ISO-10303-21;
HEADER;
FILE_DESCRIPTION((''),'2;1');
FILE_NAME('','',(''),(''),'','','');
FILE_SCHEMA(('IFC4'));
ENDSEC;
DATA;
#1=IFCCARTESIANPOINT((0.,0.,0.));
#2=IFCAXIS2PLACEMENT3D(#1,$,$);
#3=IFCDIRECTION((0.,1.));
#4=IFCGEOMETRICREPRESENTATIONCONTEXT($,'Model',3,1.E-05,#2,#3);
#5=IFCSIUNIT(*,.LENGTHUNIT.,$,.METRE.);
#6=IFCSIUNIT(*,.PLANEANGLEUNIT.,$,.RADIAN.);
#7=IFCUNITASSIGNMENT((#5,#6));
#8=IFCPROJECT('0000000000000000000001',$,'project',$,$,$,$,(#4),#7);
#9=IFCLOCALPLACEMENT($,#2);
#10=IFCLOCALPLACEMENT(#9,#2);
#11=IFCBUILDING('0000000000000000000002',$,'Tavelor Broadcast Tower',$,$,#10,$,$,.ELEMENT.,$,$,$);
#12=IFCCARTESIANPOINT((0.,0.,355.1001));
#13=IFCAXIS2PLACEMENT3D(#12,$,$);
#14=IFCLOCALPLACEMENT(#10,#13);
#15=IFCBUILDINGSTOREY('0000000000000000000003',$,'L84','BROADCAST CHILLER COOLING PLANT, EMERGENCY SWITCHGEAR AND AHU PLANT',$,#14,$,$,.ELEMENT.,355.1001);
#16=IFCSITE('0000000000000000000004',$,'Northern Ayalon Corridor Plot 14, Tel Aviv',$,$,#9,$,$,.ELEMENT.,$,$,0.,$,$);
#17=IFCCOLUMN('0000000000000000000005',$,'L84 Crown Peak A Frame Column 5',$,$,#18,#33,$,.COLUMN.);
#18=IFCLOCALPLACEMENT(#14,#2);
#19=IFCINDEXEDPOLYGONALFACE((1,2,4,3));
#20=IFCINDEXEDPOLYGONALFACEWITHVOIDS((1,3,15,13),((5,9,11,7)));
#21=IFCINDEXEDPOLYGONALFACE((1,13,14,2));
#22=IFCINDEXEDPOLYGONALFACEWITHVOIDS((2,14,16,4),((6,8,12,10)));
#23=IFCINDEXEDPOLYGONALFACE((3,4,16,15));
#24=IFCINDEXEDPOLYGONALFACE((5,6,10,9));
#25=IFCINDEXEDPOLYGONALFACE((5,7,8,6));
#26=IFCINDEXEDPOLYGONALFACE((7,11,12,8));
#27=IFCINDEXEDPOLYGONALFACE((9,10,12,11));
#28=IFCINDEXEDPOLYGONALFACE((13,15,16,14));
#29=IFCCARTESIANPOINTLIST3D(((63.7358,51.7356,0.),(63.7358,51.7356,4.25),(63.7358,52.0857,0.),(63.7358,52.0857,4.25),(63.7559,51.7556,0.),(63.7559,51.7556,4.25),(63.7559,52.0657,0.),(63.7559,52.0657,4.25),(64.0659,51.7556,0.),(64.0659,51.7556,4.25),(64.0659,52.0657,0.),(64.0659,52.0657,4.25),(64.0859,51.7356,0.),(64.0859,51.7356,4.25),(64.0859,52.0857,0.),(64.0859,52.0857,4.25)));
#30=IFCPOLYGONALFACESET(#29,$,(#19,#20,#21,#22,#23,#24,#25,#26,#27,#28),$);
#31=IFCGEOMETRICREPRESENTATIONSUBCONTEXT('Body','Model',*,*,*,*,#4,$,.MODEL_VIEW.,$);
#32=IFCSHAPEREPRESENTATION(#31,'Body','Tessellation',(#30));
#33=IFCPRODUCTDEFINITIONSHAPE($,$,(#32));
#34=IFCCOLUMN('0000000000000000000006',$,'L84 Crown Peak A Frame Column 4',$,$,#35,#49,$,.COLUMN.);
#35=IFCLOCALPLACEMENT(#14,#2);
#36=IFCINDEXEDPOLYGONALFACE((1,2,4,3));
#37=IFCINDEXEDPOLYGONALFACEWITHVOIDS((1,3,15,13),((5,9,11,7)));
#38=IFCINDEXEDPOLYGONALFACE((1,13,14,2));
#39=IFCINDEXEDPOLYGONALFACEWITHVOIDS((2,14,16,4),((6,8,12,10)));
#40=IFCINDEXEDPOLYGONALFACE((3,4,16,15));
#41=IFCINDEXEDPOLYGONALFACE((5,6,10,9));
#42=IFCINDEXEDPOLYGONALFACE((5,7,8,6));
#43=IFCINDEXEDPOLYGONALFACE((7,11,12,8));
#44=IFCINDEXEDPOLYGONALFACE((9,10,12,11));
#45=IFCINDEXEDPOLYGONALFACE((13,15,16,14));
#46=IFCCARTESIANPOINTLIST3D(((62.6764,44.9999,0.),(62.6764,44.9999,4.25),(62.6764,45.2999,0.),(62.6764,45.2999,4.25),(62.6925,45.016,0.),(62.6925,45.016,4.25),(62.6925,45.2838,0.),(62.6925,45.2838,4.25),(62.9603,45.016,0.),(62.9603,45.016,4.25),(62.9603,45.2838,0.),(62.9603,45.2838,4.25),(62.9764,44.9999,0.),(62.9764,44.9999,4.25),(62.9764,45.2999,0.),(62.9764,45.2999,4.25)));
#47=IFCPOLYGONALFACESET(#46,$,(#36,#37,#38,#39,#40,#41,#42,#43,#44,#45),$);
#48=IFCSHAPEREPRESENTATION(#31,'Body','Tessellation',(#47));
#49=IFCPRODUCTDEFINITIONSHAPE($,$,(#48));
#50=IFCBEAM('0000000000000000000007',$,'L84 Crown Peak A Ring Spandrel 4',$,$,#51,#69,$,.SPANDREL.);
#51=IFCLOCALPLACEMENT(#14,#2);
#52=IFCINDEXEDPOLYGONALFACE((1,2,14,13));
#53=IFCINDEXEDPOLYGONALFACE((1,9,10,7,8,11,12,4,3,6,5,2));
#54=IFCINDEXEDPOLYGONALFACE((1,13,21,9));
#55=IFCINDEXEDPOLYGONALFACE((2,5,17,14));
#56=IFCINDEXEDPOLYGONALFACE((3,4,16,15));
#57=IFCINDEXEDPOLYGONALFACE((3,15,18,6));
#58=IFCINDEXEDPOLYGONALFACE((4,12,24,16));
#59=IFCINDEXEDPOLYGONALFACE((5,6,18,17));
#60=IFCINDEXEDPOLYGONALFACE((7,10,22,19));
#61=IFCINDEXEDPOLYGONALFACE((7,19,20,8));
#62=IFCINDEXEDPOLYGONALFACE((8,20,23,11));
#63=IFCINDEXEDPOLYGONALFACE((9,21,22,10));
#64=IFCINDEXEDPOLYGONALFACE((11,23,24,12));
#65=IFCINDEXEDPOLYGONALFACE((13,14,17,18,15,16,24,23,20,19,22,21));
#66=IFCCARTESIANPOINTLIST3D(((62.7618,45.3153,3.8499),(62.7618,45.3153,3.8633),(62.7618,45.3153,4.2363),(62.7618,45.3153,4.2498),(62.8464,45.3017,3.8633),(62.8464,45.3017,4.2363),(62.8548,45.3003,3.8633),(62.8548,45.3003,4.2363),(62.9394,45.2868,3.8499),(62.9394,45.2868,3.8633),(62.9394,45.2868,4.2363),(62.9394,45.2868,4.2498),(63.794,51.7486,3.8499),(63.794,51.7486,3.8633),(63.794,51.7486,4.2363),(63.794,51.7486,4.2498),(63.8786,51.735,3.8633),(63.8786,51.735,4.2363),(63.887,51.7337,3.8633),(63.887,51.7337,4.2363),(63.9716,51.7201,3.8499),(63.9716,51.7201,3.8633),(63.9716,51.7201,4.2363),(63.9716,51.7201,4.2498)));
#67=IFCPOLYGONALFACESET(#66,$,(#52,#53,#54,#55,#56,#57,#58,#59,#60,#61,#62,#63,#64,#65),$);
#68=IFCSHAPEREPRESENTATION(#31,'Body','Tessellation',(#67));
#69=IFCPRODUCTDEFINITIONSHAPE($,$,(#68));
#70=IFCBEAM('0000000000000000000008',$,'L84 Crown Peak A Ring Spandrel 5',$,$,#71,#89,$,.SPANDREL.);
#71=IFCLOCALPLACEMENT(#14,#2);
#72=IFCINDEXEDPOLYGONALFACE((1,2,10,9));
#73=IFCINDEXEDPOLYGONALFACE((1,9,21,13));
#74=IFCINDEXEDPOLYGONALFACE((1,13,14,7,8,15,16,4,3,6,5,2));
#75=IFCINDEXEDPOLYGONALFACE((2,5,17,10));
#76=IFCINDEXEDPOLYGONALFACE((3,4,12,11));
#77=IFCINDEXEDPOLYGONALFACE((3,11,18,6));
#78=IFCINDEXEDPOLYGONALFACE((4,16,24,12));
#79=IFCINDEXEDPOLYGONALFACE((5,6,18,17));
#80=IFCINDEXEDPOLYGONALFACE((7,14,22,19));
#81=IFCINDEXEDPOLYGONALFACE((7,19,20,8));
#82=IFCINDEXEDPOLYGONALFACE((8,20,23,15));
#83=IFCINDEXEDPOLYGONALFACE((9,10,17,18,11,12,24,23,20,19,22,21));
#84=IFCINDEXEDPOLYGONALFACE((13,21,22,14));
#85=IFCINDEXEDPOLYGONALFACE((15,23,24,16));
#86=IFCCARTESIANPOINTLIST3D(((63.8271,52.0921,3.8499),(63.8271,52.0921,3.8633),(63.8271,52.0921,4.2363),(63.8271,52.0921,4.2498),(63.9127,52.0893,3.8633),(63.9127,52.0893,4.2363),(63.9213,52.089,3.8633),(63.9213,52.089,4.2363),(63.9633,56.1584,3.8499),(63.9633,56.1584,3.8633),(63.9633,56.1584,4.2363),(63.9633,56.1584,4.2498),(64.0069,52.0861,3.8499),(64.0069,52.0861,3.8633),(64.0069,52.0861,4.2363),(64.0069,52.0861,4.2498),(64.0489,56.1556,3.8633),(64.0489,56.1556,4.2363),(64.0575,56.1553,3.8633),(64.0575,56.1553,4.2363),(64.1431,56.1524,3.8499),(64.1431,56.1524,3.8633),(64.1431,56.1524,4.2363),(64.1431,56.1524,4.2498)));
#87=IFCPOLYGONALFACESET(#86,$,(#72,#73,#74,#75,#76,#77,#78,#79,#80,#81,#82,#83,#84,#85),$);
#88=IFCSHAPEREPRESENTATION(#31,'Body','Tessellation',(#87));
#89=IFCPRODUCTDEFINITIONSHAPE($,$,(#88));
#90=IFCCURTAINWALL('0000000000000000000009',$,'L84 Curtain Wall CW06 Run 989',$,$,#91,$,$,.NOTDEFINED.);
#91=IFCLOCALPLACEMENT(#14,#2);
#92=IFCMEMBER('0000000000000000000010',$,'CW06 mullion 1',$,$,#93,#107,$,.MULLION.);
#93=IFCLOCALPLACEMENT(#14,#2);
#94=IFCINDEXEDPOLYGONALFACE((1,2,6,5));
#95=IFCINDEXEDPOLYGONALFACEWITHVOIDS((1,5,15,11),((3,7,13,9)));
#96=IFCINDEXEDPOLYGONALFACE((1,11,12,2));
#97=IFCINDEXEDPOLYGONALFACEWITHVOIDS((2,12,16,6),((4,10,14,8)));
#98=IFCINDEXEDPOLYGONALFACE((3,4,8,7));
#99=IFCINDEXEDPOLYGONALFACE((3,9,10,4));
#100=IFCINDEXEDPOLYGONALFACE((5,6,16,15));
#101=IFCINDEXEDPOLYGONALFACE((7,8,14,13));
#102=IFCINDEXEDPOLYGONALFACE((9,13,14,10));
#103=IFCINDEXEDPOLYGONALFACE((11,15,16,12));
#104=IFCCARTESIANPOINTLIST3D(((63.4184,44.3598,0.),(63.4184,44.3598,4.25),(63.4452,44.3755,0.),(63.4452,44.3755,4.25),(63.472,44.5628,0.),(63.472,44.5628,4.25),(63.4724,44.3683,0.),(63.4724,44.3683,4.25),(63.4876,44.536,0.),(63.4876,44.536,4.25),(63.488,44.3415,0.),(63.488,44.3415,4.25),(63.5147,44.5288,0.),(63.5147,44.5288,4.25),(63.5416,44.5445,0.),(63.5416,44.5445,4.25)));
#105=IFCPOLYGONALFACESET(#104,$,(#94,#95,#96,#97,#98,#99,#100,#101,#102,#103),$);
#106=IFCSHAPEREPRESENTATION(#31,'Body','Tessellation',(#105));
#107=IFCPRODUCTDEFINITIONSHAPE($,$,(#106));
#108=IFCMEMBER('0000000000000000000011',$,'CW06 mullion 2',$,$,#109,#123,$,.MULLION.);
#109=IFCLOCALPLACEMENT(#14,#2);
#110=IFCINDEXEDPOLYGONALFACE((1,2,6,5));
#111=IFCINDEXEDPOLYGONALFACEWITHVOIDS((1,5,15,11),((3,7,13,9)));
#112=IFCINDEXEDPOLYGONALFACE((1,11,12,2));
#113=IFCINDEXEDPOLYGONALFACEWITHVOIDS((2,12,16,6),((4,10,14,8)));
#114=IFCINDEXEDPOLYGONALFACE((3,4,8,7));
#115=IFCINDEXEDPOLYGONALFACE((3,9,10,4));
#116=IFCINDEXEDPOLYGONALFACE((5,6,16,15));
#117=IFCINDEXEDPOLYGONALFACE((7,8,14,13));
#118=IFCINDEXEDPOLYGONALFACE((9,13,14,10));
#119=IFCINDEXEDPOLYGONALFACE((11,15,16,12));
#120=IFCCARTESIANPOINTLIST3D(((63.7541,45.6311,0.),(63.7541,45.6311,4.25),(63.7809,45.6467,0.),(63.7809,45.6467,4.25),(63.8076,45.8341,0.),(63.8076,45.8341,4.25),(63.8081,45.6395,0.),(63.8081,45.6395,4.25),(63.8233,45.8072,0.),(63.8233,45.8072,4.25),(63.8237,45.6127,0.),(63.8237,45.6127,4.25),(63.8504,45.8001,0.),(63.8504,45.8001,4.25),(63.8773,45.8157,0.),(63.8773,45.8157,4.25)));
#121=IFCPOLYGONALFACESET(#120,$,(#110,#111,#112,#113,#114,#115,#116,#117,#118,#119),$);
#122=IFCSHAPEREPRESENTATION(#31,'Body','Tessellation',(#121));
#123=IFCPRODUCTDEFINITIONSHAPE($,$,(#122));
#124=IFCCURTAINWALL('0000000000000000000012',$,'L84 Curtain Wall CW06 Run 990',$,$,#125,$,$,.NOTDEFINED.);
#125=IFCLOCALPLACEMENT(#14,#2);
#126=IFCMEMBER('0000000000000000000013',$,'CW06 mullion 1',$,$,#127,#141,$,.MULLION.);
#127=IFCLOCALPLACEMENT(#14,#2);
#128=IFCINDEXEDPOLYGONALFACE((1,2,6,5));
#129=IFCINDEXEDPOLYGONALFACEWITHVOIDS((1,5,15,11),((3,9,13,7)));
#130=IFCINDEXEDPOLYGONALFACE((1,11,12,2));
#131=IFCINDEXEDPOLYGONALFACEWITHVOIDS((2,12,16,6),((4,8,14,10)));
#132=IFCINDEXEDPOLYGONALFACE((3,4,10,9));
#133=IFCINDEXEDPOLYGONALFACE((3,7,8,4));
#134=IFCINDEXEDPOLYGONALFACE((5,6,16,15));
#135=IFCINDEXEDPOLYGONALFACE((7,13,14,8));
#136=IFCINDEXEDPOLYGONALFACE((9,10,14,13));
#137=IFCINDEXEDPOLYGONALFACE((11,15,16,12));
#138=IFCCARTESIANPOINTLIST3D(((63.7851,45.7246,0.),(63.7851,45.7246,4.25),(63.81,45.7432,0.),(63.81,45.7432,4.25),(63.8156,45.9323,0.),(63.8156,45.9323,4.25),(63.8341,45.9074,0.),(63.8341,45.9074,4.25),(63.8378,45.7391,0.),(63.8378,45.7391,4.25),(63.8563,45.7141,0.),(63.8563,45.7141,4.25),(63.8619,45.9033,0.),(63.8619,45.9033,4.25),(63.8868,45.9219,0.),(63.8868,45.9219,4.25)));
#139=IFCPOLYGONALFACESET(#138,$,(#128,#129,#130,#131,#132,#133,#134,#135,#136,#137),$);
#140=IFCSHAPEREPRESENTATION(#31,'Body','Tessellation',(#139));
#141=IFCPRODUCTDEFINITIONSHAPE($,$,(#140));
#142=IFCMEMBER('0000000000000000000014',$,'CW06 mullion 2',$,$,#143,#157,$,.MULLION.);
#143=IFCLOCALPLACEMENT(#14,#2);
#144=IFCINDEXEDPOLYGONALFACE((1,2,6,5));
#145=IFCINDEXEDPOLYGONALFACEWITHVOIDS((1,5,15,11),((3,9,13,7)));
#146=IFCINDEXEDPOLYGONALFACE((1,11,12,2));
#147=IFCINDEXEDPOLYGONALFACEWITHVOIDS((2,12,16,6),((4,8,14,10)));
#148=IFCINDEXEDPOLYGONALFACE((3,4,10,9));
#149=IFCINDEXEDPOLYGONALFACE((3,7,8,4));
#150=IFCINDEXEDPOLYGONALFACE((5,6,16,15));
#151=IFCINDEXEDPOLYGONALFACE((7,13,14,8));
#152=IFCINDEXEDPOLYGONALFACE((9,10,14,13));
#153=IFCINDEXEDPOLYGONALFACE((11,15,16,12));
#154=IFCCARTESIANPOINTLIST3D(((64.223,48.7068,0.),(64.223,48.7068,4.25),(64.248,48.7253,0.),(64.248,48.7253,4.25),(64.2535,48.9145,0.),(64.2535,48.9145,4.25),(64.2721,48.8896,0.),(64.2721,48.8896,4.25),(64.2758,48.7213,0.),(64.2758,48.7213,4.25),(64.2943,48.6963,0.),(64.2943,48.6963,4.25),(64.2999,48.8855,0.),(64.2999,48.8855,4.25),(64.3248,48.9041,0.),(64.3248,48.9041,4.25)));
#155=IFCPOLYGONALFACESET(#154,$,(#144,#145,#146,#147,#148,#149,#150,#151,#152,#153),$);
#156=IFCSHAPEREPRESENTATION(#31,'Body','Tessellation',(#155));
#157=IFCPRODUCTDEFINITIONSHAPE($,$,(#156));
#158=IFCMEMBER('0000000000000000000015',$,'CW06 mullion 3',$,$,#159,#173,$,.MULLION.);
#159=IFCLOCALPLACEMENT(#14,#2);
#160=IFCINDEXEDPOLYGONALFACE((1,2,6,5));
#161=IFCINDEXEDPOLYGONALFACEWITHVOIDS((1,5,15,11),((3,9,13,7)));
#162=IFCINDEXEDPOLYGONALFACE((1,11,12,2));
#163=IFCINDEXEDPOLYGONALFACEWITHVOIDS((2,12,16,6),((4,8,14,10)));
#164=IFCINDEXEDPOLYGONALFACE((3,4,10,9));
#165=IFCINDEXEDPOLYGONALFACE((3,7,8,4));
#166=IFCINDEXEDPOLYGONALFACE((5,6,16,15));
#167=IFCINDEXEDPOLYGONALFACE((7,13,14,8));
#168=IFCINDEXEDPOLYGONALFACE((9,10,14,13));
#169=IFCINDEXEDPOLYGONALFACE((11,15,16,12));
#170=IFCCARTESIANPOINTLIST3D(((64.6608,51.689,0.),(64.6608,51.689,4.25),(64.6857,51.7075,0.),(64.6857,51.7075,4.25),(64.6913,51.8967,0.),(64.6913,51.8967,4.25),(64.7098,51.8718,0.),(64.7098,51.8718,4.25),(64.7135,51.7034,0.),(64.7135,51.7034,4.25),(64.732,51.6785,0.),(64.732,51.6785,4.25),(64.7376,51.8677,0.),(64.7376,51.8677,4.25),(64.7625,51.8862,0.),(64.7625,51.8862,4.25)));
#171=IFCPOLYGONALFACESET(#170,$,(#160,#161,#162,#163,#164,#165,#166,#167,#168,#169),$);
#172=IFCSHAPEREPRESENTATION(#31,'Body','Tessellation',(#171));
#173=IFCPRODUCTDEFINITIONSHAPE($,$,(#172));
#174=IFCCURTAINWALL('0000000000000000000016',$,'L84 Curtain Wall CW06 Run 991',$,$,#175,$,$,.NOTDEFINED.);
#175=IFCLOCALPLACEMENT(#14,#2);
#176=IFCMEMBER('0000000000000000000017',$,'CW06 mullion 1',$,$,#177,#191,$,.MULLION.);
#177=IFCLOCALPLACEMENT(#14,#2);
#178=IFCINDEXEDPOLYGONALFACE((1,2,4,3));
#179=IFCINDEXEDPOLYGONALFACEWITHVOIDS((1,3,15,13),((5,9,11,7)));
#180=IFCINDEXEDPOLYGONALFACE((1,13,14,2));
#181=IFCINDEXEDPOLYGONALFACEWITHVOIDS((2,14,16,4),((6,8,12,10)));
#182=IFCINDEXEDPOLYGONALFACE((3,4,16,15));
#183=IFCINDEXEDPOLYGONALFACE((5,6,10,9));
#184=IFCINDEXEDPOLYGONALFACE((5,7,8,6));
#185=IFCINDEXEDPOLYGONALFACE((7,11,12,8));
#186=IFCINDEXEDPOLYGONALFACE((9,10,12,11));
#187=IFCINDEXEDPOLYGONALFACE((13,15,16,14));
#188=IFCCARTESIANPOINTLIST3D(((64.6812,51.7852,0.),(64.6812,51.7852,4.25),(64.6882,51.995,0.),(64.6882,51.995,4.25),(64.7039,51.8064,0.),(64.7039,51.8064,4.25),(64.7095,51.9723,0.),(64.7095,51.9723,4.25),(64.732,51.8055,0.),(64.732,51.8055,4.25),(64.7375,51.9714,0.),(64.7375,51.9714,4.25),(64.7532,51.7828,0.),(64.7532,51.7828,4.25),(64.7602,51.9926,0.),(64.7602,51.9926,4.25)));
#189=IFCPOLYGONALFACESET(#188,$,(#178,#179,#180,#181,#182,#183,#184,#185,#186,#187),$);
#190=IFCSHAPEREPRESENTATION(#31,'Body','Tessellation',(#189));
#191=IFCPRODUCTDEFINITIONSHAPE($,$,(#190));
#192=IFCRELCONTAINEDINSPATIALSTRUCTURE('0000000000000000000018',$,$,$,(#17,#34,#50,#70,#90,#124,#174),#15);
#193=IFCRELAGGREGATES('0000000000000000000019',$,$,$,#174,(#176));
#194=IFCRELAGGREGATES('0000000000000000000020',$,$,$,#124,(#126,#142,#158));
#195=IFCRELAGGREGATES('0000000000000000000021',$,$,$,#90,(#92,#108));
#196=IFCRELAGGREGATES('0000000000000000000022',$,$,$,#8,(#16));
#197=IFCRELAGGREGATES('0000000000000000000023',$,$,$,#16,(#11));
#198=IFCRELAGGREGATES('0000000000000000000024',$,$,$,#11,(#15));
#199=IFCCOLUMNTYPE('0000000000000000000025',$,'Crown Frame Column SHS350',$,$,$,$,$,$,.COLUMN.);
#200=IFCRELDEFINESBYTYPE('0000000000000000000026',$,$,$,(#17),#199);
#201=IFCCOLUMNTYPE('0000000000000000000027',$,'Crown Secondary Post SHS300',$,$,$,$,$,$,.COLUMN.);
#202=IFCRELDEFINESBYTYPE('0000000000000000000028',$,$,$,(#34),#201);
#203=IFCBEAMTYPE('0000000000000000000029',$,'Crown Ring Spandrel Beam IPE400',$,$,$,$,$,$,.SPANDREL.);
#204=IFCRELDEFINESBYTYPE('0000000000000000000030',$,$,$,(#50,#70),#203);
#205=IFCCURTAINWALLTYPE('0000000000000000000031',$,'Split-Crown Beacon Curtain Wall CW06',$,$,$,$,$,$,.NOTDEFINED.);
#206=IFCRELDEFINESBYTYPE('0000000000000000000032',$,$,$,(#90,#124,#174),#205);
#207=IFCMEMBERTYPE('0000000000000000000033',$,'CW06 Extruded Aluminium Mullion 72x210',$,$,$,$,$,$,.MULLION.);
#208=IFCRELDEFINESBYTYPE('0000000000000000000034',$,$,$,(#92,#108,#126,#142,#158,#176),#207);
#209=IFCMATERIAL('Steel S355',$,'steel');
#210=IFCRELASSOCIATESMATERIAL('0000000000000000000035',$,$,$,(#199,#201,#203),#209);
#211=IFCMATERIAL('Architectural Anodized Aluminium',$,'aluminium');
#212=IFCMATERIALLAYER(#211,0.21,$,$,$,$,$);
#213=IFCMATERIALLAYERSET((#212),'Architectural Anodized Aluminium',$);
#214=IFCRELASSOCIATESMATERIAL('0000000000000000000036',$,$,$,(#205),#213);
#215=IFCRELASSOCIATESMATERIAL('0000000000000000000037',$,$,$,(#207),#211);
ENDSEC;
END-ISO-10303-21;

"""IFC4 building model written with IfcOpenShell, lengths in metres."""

from ifc_helpers import new_model, si_unit, direction, frame, origin, origin_2d, place, context, subcontext, project, spatial, hollow_rectangle, i_section, extrude, source, transform, mapped, material, layer, layer_set, material_profile, profile_set, type_object, type_shapes, element, aggregate, save


model = new_model("IFC4")

# Units and contexts
model_context = context("Model", 3, precision=1e-05, world=origin(), true_north=direction((0.0, 1.0)))
body_context = subcontext(model_context, "Body", "Model", "MODEL_VIEW")
ifc_project = project(units=[si_unit("LENGTHUNIT", "METRE"), si_unit("PLANEANGLEUNIT", "RADIAN")], contexts=[model_context])

# Site, building, storey
site_placement = place(None, origin())
site = spatial("IfcSite", under=ifc_project, at=site_placement, Name="Northern Ayalon Corridor Plot 14, Tel Aviv", CompositionType="ELEMENT", RefElevation=0.0)
building_placement = place(site_placement, origin())
building = spatial("IfcBuilding", under=site, at=building_placement, Name="Tavelor Broadcast Tower", CompositionType="ELEMENT")
storey_placement = place(building_placement, frame((0.0, 0.0, 355.1001)))
storey = spatial("IfcBuildingStorey", under=building, at=storey_placement, Name="L84", Description="BROADCAST CHILLER COOLING PLANT, EMERGENCY SWITCHGEAR AND AHU PLANT", CompositionType="ELEMENT", Elevation=355.1001)

# Columns
ifc_material_1 = material(Name="Steel S355", Category="steel")
ifc_material_profile_1 = material_profile(ifc_material_1, hollow_rectangle(XDim=0.3501, YDim=0.3501, WallThickness=0.02, at=origin_2d()), Name="SHS 350x350x20")
ifc_profile_set_1 = profile_set([ifc_material_profile_1], Name="Steel S355")
column_type_1 = type_object("IfcColumnType", Name="Crown Frame Column SHS350", PredefinedType="COLUMN", material=ifc_profile_set_1)
column_1_placement = place(storey_placement, frame((63.9109, 51.9106, 0.0), z_axis=(0.0, 0.0, 1.0), x_axis=(1.0, 0.0, 0.0)))
element("IfcColumn", 1, at=column_1_placement, inside=storey, type_object=column_type_1, Name="L84 Crown Peak A Frame Column 5", PredefinedType="COLUMN", context=body_context, shape_type="SweptSolid", body=[
    extrude(hollow_rectangle(XDim=0.3501, YDim=0.3501, WallThickness=0.02, at=origin_2d()), origin(), (0.0, 0.0, 1.0), 4.25),
])
ifc_material_profile_2 = material_profile(ifc_material_1, hollow_rectangle(XDim=0.3, YDim=0.3, WallThickness=0.0161, at=origin_2d()), Name="SHS 300x300x16")
ifc_profile_set_2 = profile_set([ifc_material_profile_2], Name="Steel S355")
column_type_2 = type_object("IfcColumnType", Name="Crown Secondary Post SHS300", PredefinedType="COLUMN", material=ifc_profile_set_2)
column_2_placement = place(storey_placement, frame((62.8264, 45.1499, 0.0), z_axis=(0.0, 0.0, 1.0), x_axis=(1.0, 0.0, 0.0)))
element("IfcColumn", 2, at=column_2_placement, inside=storey, type_object=column_type_2, Name="L84 Crown Peak A Frame Column 4", PredefinedType="COLUMN", context=body_context, shape_type="SweptSolid", body=[
    extrude(hollow_rectangle(XDim=0.3, YDim=0.3, WallThickness=0.0161, at=origin_2d()), origin(), (0.0, 0.0, 1.0), 4.25),
])

# Beams
ifc_material_profile_3 = material_profile(ifc_material_1, i_section(OverallWidth=0.1799, OverallDepth=0.3999, WebThickness=0.0085, FlangeThickness=0.0134, at=origin_2d()), Name="IPE 400")
ifc_profile_set_3 = profile_set([ifc_material_profile_3], Name="Steel S355")
beam_type = type_object("IfcBeamType", Name="Crown Ring Spandrel Beam IPE400", PredefinedType="SPANDREL", material=ifc_profile_set_3)
beam_1_placement = place(storey_placement, frame((62.8506, 45.301, 4.0498), z_axis=(0.158423, 0.987371, 0.0), x_axis=(-0.987371, 0.158423, 0.0)))
element("IfcBeam", 3, at=beam_1_placement, inside=storey, type_object=beam_type, Name="L84 Crown Peak A Ring Spandrel 4", PredefinedType="SPANDREL", context=body_context, shape_type="SweptSolid", body=[
    extrude(i_section(OverallWidth=0.1799, OverallDepth=0.3999, WebThickness=0.0085, FlangeThickness=0.0134, at=origin_2d()), origin(), (0.0, 0.0, 1.0), 6.5156),
])
beam_2_placement = place(storey_placement, frame((63.917, 52.0891, 4.0498), z_axis=(0.033483, 0.999439, 0.0), x_axis=(-0.999439, 0.033483, 0.0)))
element("IfcBeam", 4, at=beam_2_placement, inside=storey, type_object=beam_type, Name="L84 Crown Peak A Ring Spandrel 5", PredefinedType="SPANDREL", context=body_context, shape_type="SweptSolid", body=[
    extrude(i_section(OverallWidth=0.1799, OverallDepth=0.3999, WebThickness=0.0085, FlangeThickness=0.0134, at=origin_2d()), origin(), (0.0, 0.0, 1.0), 4.0686),
])

# Curtain walls, members
ifc_material_2 = material(Name="Architectural Anodized Aluminium", Category="aluminium")
ifc_layer_1 = layer(ifc_material_2, 0.21)
ifc_layer_set_1 = layer_set([ifc_layer_1], Name="Architectural Anodized Aluminium")
curtain_wall_type = type_object("IfcCurtainWallType", Name="Split-Crown Beacon Curtain Wall CW06", PredefinedType="NOTDEFINED", material=ifc_layer_set_1)
curtain_wall_1_placement = place(storey_placement, origin())
curtain_wall_1 = element("IfcCurtainWall", 5, at=curtain_wall_1_placement, inside=storey, type_object=curtain_wall_type, Name="L84 Curtain Wall CW06 Run 989", PredefinedType="NOTDEFINED")
ifc_material_profile_4 = material_profile(ifc_material_2, hollow_rectangle(XDim=0.072, YDim=0.21, WallThickness=0.022, at=origin_2d()), Name="RHS 72x210x22")
ifc_profile_set_4 = profile_set([ifc_material_profile_4], Name="Architectural Anodized Aluminium")
member_type_1 = type_object("IfcMemberType", Name="CW06 Extruded Aluminium Mullion 72x210", PredefinedType="MULLION", material=ifc_profile_set_4)
shared_shape_1 = source(origin(), body_context, "Body", "SweptSolid", [
    extrude(hollow_rectangle(XDim=0.072, YDim=0.21, WallThickness=0.022, at=origin_2d()), origin(), (0.0, 0.0, 1.0), 4.25),
])
type_shapes(member_type_1, [shared_shape_1])
member_1_placement = place(storey_placement, frame((63.48, 44.4521, 0.0), z_axis=(0.0, 0.0, 1.0), x_axis=(-0.966887, 0.255207, 0.0)))
member_1 = element("IfcMember", 6, at=member_1_placement, type_object=member_type_1, Name="CW06 mullion 1", PredefinedType="MULLION", context=body_context, shape_type="MappedRepresentation", body=[
    mapped(shared_shape_1, transform((0.0, 0.0, 0.0), scale=1.0)),
])
member_2_placement = place(storey_placement, frame((63.8157, 45.7234, 0.0), z_axis=(0.0, 0.0, 1.0), x_axis=(-0.966887, 0.255207, 0.0)))
member_2 = element("IfcMember", 7, at=member_2_placement, type_object=member_type_1, Name="CW06 mullion 2", PredefinedType="MULLION", context=body_context, shape_type="MappedRepresentation", body=[
    mapped(shared_shape_1, transform((0.0, 0.0, 0.0), scale=1.0)),
])
curtain_wall_2_placement = place(storey_placement, origin())
curtain_wall_2 = element("IfcCurtainWall", 8, at=curtain_wall_2_placement, inside=storey, type_object=curtain_wall_type, Name="L84 Curtain Wall CW06 Run 990", PredefinedType="NOTDEFINED")
member_3_placement = place(storey_placement, frame((63.8359, 45.8232, 0.0), z_axis=(0.0, 0.0, 1.0), x_axis=(-0.989394, 0.145258, 0.0)))
member_3 = element("IfcMember", 9, at=member_3_placement, type_object=member_type_1, Name="CW06 mullion 1", PredefinedType="MULLION", context=body_context, shape_type="MappedRepresentation", body=[
    mapped(shared_shape_1, transform((0.0, 0.0, 0.0), scale=1.0)),
])
member_4_placement = place(storey_placement, frame((64.2739, 48.8054, 0.0), z_axis=(0.0, 0.0, 1.0), x_axis=(-0.989394, 0.145258, 0.0)))
member_4 = element("IfcMember", 10, at=member_4_placement, type_object=member_type_1, Name="CW06 mullion 2", PredefinedType="MULLION", context=body_context, shape_type="MappedRepresentation", body=[
    mapped(shared_shape_1, transform((0.0, 0.0, 0.0), scale=1.0)),
])
member_5_placement = place(storey_placement, frame((64.7117, 51.7876, 0.0), z_axis=(0.0, 0.0, 1.0), x_axis=(-0.989394, 0.145258, 0.0)))
member_5 = element("IfcMember", 11, at=member_5_placement, type_object=member_type_1, Name="CW06 mullion 3", PredefinedType="MULLION", context=body_context, shape_type="MappedRepresentation", body=[
    mapped(shared_shape_1, transform((0.0, 0.0, 0.0), scale=1.0)),
])
curtain_wall_3_placement = place(storey_placement, origin())
curtain_wall_3 = element("IfcCurtainWall", 12, at=curtain_wall_3_placement, inside=storey, type_object=curtain_wall_type, Name="L84 Curtain Wall CW06 Run 991", PredefinedType="NOTDEFINED")
member_6_placement = place(storey_placement, frame((64.7207, 51.8889, 0.0), z_axis=(0.0, 0.0, 1.0), x_axis=(-0.999438, 0.033514, 0.0)))
member_6 = element("IfcMember", 13, at=member_6_placement, type_object=member_type_1, Name="CW06 mullion 1", PredefinedType="MULLION", context=body_context, shape_type="MappedRepresentation", body=[
    mapped(shared_shape_1, transform((0.0, 0.0, 0.0), scale=1.0)),
])

aggregate(curtain_wall_3, [member_6])
aggregate(curtain_wall_2, [member_3, member_4, member_5])
aggregate(curtain_wall_1, [member_1, member_2])

save(model, "model.ifc")
